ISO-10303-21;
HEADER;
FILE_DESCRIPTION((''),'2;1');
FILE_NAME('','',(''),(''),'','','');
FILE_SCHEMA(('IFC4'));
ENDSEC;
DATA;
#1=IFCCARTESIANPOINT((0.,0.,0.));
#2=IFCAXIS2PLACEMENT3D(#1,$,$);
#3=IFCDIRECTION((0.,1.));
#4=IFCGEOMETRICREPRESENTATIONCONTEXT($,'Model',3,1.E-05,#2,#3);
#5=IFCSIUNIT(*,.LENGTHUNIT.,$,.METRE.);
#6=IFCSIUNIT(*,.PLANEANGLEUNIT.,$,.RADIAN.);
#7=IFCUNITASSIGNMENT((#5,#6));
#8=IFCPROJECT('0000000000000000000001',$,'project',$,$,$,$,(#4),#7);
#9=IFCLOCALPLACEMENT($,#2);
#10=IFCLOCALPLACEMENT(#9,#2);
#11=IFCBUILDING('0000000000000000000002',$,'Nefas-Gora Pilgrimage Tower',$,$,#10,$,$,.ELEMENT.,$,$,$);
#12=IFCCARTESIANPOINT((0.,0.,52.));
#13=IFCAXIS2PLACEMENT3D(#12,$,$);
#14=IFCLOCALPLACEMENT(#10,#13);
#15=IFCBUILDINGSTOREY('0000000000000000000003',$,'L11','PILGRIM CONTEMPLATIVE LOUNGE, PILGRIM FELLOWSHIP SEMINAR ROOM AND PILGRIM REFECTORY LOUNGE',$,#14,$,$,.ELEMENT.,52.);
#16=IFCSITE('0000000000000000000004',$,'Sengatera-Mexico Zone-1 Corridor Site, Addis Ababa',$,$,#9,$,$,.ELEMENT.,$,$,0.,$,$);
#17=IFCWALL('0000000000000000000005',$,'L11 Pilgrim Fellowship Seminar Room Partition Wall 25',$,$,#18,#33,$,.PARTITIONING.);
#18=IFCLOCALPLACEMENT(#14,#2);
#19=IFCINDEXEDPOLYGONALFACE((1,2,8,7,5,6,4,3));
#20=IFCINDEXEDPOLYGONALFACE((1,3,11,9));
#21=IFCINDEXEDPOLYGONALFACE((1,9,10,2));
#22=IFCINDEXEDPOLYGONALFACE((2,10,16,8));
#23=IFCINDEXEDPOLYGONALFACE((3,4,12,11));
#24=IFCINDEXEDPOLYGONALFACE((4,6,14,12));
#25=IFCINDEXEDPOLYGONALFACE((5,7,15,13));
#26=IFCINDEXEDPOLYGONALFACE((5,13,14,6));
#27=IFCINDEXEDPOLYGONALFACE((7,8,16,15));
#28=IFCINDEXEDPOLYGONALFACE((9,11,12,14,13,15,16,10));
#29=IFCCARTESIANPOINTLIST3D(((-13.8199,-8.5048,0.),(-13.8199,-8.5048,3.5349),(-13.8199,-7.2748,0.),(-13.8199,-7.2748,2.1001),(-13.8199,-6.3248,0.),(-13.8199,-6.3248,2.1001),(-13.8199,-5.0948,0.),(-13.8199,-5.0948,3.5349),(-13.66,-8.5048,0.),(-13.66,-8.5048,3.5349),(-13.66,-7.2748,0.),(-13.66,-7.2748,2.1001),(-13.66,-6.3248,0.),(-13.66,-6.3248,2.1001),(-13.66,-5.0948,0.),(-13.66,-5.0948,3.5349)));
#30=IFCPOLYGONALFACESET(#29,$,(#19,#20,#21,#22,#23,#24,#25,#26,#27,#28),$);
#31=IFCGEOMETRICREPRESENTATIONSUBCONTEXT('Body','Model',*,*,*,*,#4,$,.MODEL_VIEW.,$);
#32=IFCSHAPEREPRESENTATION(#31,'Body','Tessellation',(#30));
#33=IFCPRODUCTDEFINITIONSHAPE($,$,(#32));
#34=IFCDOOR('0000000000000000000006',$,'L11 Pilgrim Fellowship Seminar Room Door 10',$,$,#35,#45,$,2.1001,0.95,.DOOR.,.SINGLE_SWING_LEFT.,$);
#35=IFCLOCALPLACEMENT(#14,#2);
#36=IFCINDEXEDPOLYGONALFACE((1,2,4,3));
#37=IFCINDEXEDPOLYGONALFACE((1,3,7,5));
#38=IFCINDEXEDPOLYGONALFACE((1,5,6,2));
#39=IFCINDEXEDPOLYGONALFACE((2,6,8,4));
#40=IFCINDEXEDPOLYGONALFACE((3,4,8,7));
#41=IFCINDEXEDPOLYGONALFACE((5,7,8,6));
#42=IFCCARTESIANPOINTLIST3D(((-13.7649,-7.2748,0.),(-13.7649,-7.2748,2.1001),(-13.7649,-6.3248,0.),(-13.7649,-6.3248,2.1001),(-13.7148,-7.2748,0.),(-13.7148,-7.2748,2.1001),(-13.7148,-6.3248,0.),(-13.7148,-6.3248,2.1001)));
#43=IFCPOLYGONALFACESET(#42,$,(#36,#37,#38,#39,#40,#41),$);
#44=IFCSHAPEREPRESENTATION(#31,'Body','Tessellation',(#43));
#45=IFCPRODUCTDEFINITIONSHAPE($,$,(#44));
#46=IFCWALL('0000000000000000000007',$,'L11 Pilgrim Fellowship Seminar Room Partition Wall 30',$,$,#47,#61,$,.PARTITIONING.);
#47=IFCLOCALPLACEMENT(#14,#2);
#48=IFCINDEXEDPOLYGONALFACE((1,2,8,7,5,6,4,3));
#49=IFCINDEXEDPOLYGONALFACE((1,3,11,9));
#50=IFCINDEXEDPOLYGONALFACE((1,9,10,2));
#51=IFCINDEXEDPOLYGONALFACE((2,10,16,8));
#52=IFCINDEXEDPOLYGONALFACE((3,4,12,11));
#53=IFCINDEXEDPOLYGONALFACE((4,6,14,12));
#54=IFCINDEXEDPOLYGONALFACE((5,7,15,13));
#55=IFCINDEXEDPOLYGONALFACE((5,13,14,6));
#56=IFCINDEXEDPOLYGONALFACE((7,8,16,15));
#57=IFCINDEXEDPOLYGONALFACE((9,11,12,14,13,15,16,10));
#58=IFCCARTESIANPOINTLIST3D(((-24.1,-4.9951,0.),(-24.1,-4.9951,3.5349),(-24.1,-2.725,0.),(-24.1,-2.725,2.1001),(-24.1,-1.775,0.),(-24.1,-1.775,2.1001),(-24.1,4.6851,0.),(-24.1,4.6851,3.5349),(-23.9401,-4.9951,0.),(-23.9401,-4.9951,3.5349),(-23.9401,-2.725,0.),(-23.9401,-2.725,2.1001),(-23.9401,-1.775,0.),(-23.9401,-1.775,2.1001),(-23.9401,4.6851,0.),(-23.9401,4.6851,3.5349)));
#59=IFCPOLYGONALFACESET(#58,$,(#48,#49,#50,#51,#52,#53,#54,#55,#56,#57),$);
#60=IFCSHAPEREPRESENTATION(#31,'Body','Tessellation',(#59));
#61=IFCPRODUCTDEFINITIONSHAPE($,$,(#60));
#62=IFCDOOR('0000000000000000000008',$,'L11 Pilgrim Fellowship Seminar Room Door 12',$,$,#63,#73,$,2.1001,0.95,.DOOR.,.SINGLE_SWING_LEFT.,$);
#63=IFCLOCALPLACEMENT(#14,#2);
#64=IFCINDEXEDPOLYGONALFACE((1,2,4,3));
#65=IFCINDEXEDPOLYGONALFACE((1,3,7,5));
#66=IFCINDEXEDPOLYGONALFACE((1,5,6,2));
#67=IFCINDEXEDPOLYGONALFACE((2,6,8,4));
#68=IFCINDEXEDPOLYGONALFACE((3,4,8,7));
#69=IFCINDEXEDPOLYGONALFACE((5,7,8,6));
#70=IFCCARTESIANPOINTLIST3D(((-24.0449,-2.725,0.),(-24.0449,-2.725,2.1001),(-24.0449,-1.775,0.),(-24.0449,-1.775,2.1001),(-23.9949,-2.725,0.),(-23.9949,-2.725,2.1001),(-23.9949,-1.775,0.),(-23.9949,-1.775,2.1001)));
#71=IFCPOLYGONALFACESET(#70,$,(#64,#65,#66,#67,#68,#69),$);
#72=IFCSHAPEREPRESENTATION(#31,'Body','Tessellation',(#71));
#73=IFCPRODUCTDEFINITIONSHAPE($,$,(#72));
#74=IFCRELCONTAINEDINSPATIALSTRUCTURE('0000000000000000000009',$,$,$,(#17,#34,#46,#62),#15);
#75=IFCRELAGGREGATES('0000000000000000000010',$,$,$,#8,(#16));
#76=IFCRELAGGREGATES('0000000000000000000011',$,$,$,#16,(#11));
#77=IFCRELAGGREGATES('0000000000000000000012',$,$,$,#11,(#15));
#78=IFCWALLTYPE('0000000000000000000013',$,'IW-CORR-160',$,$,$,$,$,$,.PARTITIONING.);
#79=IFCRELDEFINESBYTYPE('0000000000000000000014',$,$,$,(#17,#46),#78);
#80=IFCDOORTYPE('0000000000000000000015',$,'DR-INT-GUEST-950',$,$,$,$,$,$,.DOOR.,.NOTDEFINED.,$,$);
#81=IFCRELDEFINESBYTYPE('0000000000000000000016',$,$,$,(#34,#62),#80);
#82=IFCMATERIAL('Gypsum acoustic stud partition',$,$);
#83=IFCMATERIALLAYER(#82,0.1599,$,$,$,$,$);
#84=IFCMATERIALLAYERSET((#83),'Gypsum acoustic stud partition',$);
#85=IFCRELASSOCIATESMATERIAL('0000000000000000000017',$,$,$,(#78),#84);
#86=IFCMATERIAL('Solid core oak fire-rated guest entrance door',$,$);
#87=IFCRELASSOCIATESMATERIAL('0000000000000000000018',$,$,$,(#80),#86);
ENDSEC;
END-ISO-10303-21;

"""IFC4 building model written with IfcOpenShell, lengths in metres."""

from ifc_helpers import new_model, si_unit, direction, frame, frame_2d, origin, place, context, subcontext, project, spatial, rectangle, extrude, source, transform, mapped, material, layer, layer_set, type_object, element, fill, save


model = new_model("IFC4")

# Units and contexts
model_context = context("Model", 3, precision=1e-05, world=origin(), true_north=direction((0.0, 1.0)))
body_context = subcontext(model_context, "Body", "Model", "MODEL_VIEW")
ifc_project = project(units=[si_unit("LENGTHUNIT", "METRE"), si_unit("PLANEANGLEUNIT", "RADIAN")], contexts=[model_context])

# Site, building, storey
site_placement = place(None, origin())
site = spatial("IfcSite", under=ifc_project, at=site_placement, Name="Sengatera-Mexico Zone-1 Corridor Site, Addis Ababa", CompositionType="ELEMENT", RefElevation=0.0)
building_placement = place(site_placement, origin())
building = spatial("IfcBuilding", under=site, at=building_placement, Name="Nefas-Gora Pilgrimage Tower", CompositionType="ELEMENT")
storey_placement = place(building_placement, frame((0.0, 0.0, 52.0)))
storey = spatial("IfcBuildingStorey", under=building, at=storey_placement, Name="L11", Description="PILGRIM CONTEMPLATIVE LOUNGE, PILGRIM FELLOWSHIP SEMINAR ROOM AND PILGRIM REFECTORY LOUNGE", CompositionType="ELEMENT", Elevation=52.0)

# Shared definitions
ifc_material_1 = material(Name="Gypsum acoustic stud partition")
ifc_layer_1 = layer(ifc_material_1, 0.1599)
ifc_layer_set_1 = layer_set([ifc_layer_1], Name="Gypsum acoustic stud partition")
wall_type_1 = type_object("IfcWallType", Name="IW-CORR-160", PredefinedType="PARTITIONING", material=ifc_layer_set_1)
ifc_material_2 = material(Name="Solid core oak fire-rated guest entrance door")
door_type_1 = type_object("IfcDoorType", Name="DR-INT-GUEST-950", OperationType="NOTDEFINED", PredefinedType="DOOR", material=ifc_material_2)
shared_shape_1 = source(origin(), body_context, "Body", "SweptSolid", [
    extrude(rectangle(XDim=0.95, YDim=2.1001, at=frame_2d((0.4751, 1.05))), frame((0.0, 0.0249, 0.0), z_axis=(0.0, -1.0, 0.0), x_axis=(1.0, 0.0, 0.0)), (0.0, 0.0, 1.0), 0.05),
])

# Walls, openings, doors
shared_shape_2 = source(origin(), body_context, "Body", "SweptSolid", [
    extrude(rectangle(XDim=3.4099, YDim=0.1599, at=frame_2d((1.7051, 0.0))), origin(), (0.0, 0.0, 1.0), 3.5349),
])
wall_1_placement = place(storey_placement, frame((-13.74, -8.5049, 0.0), z_axis=(0.0, 0.0, 1.0), x_axis=(0.0, 1.0, 0.0)))
wall_1 = element("IfcWall", 1, at=wall_1_placement, inside=storey, type_object=wall_type_1, Name="L11 Pilgrim Fellowship Seminar Room Partition Wall 25", PredefinedType="PARTITIONING", context=body_context, shape_type="MappedRepresentation", body=[
    mapped(shared_shape_2, transform((0.0, 0.0, 0.0), x_axis=(1.0, 0.0, 0.0), y_axis=(0.0, 1.0, 0.0), z_axis=(0.0, 0.0, 1.0), scale=1.0)),
])
opening_1_placement = place(wall_1_placement, frame((1.23, 0.0, 0.0)))
opening_1 = element("IfcOpeningElement", 2, at=opening_1_placement, cuts=wall_1, PredefinedType="OPENING", context=body_context, shape_type="SweptSolid", body=[
    extrude(rectangle(XDim=0.95, YDim=2.1001, at=frame_2d((0.4751, 1.05))), frame((0.0, 0.0898, 0.0), z_axis=(0.0, -1.0, 0.0), x_axis=(1.0, 0.0, 0.0)), (0.0, 0.0, 1.0), 0.1799),
])
door_1_placement = place(opening_1_placement, origin())
door_1 = element("IfcDoor", 3, at=door_1_placement, inside=storey, type_object=door_type_1, Name="L11 Pilgrim Fellowship Seminar Room Door 10", OperationType="SINGLE_SWING_LEFT", OverallHeight=2.1001, OverallWidth=0.95, PredefinedType="DOOR", context=body_context, shape_type="MappedRepresentation", body=[
    mapped(shared_shape_1, transform((0.0, 0.0, 0.0), x_axis=(1.0, 0.0, 0.0), y_axis=(0.0, 1.0, 0.0), z_axis=(0.0, 0.0, 1.0), scale=1.0)),
])
fill(opening_1, door_1)
shared_shape_3 = source(origin(), body_context, "Body", "SweptSolid", [
    extrude(rectangle(XDim=9.6802, YDim=0.1599, at=frame_2d((4.8401, 0.0))), origin(), (0.0, 0.0, 1.0), 3.5349),
])
wall_2_placement = place(storey_placement, frame((-24.02, -4.9951, 0.0), z_axis=(0.0, 0.0, 1.0), x_axis=(0.0, 1.0, 0.0)))
wall_2 = element("IfcWall", 4, at=wall_2_placement, inside=storey, type_object=wall_type_1, Name="L11 Pilgrim Fellowship Seminar Room Partition Wall 30", PredefinedType="PARTITIONING", context=body_context, shape_type="MappedRepresentation", body=[
    mapped(shared_shape_3, transform((0.0, 0.0, 0.0), x_axis=(1.0, 0.0, 0.0), y_axis=(0.0, 1.0, 0.0), z_axis=(0.0, 0.0, 1.0), scale=1.0)),
])
opening_2_placement = place(wall_2_placement, frame((2.27, 0.0, 0.0)))
opening_2 = element("IfcOpeningElement", 5, at=opening_2_placement, cuts=wall_2, PredefinedType="OPENING", context=body_context, shape_type="SweptSolid", body=[
    extrude(rectangle(XDim=0.95, YDim=2.1001, at=frame_2d((0.4751, 1.05))), frame((0.0, 0.0898, 0.0), z_axis=(0.0, -1.0, 0.0), x_axis=(1.0, 0.0, 0.0)), (0.0, 0.0, 1.0), 0.1799),
])
door_2_placement = place(opening_2_placement, origin())
door_2 = element("IfcDoor", 6, at=door_2_placement, inside=storey, type_object=door_type_1, Name="L11 Pilgrim Fellowship Seminar Room Door 12", OperationType="SINGLE_SWING_LEFT", OverallHeight=2.1001, OverallWidth=0.95, PredefinedType="DOOR", context=body_context, shape_type="MappedRepresentation", body=[
    mapped(shared_shape_1, transform((0.0, 0.0, 0.0), x_axis=(1.0, 0.0, 0.0), y_axis=(0.0, 1.0, 0.0), z_axis=(0.0, 0.0, 1.0), scale=1.0)),
])
fill(opening_2, door_2)

save(model, "model.ifc")
